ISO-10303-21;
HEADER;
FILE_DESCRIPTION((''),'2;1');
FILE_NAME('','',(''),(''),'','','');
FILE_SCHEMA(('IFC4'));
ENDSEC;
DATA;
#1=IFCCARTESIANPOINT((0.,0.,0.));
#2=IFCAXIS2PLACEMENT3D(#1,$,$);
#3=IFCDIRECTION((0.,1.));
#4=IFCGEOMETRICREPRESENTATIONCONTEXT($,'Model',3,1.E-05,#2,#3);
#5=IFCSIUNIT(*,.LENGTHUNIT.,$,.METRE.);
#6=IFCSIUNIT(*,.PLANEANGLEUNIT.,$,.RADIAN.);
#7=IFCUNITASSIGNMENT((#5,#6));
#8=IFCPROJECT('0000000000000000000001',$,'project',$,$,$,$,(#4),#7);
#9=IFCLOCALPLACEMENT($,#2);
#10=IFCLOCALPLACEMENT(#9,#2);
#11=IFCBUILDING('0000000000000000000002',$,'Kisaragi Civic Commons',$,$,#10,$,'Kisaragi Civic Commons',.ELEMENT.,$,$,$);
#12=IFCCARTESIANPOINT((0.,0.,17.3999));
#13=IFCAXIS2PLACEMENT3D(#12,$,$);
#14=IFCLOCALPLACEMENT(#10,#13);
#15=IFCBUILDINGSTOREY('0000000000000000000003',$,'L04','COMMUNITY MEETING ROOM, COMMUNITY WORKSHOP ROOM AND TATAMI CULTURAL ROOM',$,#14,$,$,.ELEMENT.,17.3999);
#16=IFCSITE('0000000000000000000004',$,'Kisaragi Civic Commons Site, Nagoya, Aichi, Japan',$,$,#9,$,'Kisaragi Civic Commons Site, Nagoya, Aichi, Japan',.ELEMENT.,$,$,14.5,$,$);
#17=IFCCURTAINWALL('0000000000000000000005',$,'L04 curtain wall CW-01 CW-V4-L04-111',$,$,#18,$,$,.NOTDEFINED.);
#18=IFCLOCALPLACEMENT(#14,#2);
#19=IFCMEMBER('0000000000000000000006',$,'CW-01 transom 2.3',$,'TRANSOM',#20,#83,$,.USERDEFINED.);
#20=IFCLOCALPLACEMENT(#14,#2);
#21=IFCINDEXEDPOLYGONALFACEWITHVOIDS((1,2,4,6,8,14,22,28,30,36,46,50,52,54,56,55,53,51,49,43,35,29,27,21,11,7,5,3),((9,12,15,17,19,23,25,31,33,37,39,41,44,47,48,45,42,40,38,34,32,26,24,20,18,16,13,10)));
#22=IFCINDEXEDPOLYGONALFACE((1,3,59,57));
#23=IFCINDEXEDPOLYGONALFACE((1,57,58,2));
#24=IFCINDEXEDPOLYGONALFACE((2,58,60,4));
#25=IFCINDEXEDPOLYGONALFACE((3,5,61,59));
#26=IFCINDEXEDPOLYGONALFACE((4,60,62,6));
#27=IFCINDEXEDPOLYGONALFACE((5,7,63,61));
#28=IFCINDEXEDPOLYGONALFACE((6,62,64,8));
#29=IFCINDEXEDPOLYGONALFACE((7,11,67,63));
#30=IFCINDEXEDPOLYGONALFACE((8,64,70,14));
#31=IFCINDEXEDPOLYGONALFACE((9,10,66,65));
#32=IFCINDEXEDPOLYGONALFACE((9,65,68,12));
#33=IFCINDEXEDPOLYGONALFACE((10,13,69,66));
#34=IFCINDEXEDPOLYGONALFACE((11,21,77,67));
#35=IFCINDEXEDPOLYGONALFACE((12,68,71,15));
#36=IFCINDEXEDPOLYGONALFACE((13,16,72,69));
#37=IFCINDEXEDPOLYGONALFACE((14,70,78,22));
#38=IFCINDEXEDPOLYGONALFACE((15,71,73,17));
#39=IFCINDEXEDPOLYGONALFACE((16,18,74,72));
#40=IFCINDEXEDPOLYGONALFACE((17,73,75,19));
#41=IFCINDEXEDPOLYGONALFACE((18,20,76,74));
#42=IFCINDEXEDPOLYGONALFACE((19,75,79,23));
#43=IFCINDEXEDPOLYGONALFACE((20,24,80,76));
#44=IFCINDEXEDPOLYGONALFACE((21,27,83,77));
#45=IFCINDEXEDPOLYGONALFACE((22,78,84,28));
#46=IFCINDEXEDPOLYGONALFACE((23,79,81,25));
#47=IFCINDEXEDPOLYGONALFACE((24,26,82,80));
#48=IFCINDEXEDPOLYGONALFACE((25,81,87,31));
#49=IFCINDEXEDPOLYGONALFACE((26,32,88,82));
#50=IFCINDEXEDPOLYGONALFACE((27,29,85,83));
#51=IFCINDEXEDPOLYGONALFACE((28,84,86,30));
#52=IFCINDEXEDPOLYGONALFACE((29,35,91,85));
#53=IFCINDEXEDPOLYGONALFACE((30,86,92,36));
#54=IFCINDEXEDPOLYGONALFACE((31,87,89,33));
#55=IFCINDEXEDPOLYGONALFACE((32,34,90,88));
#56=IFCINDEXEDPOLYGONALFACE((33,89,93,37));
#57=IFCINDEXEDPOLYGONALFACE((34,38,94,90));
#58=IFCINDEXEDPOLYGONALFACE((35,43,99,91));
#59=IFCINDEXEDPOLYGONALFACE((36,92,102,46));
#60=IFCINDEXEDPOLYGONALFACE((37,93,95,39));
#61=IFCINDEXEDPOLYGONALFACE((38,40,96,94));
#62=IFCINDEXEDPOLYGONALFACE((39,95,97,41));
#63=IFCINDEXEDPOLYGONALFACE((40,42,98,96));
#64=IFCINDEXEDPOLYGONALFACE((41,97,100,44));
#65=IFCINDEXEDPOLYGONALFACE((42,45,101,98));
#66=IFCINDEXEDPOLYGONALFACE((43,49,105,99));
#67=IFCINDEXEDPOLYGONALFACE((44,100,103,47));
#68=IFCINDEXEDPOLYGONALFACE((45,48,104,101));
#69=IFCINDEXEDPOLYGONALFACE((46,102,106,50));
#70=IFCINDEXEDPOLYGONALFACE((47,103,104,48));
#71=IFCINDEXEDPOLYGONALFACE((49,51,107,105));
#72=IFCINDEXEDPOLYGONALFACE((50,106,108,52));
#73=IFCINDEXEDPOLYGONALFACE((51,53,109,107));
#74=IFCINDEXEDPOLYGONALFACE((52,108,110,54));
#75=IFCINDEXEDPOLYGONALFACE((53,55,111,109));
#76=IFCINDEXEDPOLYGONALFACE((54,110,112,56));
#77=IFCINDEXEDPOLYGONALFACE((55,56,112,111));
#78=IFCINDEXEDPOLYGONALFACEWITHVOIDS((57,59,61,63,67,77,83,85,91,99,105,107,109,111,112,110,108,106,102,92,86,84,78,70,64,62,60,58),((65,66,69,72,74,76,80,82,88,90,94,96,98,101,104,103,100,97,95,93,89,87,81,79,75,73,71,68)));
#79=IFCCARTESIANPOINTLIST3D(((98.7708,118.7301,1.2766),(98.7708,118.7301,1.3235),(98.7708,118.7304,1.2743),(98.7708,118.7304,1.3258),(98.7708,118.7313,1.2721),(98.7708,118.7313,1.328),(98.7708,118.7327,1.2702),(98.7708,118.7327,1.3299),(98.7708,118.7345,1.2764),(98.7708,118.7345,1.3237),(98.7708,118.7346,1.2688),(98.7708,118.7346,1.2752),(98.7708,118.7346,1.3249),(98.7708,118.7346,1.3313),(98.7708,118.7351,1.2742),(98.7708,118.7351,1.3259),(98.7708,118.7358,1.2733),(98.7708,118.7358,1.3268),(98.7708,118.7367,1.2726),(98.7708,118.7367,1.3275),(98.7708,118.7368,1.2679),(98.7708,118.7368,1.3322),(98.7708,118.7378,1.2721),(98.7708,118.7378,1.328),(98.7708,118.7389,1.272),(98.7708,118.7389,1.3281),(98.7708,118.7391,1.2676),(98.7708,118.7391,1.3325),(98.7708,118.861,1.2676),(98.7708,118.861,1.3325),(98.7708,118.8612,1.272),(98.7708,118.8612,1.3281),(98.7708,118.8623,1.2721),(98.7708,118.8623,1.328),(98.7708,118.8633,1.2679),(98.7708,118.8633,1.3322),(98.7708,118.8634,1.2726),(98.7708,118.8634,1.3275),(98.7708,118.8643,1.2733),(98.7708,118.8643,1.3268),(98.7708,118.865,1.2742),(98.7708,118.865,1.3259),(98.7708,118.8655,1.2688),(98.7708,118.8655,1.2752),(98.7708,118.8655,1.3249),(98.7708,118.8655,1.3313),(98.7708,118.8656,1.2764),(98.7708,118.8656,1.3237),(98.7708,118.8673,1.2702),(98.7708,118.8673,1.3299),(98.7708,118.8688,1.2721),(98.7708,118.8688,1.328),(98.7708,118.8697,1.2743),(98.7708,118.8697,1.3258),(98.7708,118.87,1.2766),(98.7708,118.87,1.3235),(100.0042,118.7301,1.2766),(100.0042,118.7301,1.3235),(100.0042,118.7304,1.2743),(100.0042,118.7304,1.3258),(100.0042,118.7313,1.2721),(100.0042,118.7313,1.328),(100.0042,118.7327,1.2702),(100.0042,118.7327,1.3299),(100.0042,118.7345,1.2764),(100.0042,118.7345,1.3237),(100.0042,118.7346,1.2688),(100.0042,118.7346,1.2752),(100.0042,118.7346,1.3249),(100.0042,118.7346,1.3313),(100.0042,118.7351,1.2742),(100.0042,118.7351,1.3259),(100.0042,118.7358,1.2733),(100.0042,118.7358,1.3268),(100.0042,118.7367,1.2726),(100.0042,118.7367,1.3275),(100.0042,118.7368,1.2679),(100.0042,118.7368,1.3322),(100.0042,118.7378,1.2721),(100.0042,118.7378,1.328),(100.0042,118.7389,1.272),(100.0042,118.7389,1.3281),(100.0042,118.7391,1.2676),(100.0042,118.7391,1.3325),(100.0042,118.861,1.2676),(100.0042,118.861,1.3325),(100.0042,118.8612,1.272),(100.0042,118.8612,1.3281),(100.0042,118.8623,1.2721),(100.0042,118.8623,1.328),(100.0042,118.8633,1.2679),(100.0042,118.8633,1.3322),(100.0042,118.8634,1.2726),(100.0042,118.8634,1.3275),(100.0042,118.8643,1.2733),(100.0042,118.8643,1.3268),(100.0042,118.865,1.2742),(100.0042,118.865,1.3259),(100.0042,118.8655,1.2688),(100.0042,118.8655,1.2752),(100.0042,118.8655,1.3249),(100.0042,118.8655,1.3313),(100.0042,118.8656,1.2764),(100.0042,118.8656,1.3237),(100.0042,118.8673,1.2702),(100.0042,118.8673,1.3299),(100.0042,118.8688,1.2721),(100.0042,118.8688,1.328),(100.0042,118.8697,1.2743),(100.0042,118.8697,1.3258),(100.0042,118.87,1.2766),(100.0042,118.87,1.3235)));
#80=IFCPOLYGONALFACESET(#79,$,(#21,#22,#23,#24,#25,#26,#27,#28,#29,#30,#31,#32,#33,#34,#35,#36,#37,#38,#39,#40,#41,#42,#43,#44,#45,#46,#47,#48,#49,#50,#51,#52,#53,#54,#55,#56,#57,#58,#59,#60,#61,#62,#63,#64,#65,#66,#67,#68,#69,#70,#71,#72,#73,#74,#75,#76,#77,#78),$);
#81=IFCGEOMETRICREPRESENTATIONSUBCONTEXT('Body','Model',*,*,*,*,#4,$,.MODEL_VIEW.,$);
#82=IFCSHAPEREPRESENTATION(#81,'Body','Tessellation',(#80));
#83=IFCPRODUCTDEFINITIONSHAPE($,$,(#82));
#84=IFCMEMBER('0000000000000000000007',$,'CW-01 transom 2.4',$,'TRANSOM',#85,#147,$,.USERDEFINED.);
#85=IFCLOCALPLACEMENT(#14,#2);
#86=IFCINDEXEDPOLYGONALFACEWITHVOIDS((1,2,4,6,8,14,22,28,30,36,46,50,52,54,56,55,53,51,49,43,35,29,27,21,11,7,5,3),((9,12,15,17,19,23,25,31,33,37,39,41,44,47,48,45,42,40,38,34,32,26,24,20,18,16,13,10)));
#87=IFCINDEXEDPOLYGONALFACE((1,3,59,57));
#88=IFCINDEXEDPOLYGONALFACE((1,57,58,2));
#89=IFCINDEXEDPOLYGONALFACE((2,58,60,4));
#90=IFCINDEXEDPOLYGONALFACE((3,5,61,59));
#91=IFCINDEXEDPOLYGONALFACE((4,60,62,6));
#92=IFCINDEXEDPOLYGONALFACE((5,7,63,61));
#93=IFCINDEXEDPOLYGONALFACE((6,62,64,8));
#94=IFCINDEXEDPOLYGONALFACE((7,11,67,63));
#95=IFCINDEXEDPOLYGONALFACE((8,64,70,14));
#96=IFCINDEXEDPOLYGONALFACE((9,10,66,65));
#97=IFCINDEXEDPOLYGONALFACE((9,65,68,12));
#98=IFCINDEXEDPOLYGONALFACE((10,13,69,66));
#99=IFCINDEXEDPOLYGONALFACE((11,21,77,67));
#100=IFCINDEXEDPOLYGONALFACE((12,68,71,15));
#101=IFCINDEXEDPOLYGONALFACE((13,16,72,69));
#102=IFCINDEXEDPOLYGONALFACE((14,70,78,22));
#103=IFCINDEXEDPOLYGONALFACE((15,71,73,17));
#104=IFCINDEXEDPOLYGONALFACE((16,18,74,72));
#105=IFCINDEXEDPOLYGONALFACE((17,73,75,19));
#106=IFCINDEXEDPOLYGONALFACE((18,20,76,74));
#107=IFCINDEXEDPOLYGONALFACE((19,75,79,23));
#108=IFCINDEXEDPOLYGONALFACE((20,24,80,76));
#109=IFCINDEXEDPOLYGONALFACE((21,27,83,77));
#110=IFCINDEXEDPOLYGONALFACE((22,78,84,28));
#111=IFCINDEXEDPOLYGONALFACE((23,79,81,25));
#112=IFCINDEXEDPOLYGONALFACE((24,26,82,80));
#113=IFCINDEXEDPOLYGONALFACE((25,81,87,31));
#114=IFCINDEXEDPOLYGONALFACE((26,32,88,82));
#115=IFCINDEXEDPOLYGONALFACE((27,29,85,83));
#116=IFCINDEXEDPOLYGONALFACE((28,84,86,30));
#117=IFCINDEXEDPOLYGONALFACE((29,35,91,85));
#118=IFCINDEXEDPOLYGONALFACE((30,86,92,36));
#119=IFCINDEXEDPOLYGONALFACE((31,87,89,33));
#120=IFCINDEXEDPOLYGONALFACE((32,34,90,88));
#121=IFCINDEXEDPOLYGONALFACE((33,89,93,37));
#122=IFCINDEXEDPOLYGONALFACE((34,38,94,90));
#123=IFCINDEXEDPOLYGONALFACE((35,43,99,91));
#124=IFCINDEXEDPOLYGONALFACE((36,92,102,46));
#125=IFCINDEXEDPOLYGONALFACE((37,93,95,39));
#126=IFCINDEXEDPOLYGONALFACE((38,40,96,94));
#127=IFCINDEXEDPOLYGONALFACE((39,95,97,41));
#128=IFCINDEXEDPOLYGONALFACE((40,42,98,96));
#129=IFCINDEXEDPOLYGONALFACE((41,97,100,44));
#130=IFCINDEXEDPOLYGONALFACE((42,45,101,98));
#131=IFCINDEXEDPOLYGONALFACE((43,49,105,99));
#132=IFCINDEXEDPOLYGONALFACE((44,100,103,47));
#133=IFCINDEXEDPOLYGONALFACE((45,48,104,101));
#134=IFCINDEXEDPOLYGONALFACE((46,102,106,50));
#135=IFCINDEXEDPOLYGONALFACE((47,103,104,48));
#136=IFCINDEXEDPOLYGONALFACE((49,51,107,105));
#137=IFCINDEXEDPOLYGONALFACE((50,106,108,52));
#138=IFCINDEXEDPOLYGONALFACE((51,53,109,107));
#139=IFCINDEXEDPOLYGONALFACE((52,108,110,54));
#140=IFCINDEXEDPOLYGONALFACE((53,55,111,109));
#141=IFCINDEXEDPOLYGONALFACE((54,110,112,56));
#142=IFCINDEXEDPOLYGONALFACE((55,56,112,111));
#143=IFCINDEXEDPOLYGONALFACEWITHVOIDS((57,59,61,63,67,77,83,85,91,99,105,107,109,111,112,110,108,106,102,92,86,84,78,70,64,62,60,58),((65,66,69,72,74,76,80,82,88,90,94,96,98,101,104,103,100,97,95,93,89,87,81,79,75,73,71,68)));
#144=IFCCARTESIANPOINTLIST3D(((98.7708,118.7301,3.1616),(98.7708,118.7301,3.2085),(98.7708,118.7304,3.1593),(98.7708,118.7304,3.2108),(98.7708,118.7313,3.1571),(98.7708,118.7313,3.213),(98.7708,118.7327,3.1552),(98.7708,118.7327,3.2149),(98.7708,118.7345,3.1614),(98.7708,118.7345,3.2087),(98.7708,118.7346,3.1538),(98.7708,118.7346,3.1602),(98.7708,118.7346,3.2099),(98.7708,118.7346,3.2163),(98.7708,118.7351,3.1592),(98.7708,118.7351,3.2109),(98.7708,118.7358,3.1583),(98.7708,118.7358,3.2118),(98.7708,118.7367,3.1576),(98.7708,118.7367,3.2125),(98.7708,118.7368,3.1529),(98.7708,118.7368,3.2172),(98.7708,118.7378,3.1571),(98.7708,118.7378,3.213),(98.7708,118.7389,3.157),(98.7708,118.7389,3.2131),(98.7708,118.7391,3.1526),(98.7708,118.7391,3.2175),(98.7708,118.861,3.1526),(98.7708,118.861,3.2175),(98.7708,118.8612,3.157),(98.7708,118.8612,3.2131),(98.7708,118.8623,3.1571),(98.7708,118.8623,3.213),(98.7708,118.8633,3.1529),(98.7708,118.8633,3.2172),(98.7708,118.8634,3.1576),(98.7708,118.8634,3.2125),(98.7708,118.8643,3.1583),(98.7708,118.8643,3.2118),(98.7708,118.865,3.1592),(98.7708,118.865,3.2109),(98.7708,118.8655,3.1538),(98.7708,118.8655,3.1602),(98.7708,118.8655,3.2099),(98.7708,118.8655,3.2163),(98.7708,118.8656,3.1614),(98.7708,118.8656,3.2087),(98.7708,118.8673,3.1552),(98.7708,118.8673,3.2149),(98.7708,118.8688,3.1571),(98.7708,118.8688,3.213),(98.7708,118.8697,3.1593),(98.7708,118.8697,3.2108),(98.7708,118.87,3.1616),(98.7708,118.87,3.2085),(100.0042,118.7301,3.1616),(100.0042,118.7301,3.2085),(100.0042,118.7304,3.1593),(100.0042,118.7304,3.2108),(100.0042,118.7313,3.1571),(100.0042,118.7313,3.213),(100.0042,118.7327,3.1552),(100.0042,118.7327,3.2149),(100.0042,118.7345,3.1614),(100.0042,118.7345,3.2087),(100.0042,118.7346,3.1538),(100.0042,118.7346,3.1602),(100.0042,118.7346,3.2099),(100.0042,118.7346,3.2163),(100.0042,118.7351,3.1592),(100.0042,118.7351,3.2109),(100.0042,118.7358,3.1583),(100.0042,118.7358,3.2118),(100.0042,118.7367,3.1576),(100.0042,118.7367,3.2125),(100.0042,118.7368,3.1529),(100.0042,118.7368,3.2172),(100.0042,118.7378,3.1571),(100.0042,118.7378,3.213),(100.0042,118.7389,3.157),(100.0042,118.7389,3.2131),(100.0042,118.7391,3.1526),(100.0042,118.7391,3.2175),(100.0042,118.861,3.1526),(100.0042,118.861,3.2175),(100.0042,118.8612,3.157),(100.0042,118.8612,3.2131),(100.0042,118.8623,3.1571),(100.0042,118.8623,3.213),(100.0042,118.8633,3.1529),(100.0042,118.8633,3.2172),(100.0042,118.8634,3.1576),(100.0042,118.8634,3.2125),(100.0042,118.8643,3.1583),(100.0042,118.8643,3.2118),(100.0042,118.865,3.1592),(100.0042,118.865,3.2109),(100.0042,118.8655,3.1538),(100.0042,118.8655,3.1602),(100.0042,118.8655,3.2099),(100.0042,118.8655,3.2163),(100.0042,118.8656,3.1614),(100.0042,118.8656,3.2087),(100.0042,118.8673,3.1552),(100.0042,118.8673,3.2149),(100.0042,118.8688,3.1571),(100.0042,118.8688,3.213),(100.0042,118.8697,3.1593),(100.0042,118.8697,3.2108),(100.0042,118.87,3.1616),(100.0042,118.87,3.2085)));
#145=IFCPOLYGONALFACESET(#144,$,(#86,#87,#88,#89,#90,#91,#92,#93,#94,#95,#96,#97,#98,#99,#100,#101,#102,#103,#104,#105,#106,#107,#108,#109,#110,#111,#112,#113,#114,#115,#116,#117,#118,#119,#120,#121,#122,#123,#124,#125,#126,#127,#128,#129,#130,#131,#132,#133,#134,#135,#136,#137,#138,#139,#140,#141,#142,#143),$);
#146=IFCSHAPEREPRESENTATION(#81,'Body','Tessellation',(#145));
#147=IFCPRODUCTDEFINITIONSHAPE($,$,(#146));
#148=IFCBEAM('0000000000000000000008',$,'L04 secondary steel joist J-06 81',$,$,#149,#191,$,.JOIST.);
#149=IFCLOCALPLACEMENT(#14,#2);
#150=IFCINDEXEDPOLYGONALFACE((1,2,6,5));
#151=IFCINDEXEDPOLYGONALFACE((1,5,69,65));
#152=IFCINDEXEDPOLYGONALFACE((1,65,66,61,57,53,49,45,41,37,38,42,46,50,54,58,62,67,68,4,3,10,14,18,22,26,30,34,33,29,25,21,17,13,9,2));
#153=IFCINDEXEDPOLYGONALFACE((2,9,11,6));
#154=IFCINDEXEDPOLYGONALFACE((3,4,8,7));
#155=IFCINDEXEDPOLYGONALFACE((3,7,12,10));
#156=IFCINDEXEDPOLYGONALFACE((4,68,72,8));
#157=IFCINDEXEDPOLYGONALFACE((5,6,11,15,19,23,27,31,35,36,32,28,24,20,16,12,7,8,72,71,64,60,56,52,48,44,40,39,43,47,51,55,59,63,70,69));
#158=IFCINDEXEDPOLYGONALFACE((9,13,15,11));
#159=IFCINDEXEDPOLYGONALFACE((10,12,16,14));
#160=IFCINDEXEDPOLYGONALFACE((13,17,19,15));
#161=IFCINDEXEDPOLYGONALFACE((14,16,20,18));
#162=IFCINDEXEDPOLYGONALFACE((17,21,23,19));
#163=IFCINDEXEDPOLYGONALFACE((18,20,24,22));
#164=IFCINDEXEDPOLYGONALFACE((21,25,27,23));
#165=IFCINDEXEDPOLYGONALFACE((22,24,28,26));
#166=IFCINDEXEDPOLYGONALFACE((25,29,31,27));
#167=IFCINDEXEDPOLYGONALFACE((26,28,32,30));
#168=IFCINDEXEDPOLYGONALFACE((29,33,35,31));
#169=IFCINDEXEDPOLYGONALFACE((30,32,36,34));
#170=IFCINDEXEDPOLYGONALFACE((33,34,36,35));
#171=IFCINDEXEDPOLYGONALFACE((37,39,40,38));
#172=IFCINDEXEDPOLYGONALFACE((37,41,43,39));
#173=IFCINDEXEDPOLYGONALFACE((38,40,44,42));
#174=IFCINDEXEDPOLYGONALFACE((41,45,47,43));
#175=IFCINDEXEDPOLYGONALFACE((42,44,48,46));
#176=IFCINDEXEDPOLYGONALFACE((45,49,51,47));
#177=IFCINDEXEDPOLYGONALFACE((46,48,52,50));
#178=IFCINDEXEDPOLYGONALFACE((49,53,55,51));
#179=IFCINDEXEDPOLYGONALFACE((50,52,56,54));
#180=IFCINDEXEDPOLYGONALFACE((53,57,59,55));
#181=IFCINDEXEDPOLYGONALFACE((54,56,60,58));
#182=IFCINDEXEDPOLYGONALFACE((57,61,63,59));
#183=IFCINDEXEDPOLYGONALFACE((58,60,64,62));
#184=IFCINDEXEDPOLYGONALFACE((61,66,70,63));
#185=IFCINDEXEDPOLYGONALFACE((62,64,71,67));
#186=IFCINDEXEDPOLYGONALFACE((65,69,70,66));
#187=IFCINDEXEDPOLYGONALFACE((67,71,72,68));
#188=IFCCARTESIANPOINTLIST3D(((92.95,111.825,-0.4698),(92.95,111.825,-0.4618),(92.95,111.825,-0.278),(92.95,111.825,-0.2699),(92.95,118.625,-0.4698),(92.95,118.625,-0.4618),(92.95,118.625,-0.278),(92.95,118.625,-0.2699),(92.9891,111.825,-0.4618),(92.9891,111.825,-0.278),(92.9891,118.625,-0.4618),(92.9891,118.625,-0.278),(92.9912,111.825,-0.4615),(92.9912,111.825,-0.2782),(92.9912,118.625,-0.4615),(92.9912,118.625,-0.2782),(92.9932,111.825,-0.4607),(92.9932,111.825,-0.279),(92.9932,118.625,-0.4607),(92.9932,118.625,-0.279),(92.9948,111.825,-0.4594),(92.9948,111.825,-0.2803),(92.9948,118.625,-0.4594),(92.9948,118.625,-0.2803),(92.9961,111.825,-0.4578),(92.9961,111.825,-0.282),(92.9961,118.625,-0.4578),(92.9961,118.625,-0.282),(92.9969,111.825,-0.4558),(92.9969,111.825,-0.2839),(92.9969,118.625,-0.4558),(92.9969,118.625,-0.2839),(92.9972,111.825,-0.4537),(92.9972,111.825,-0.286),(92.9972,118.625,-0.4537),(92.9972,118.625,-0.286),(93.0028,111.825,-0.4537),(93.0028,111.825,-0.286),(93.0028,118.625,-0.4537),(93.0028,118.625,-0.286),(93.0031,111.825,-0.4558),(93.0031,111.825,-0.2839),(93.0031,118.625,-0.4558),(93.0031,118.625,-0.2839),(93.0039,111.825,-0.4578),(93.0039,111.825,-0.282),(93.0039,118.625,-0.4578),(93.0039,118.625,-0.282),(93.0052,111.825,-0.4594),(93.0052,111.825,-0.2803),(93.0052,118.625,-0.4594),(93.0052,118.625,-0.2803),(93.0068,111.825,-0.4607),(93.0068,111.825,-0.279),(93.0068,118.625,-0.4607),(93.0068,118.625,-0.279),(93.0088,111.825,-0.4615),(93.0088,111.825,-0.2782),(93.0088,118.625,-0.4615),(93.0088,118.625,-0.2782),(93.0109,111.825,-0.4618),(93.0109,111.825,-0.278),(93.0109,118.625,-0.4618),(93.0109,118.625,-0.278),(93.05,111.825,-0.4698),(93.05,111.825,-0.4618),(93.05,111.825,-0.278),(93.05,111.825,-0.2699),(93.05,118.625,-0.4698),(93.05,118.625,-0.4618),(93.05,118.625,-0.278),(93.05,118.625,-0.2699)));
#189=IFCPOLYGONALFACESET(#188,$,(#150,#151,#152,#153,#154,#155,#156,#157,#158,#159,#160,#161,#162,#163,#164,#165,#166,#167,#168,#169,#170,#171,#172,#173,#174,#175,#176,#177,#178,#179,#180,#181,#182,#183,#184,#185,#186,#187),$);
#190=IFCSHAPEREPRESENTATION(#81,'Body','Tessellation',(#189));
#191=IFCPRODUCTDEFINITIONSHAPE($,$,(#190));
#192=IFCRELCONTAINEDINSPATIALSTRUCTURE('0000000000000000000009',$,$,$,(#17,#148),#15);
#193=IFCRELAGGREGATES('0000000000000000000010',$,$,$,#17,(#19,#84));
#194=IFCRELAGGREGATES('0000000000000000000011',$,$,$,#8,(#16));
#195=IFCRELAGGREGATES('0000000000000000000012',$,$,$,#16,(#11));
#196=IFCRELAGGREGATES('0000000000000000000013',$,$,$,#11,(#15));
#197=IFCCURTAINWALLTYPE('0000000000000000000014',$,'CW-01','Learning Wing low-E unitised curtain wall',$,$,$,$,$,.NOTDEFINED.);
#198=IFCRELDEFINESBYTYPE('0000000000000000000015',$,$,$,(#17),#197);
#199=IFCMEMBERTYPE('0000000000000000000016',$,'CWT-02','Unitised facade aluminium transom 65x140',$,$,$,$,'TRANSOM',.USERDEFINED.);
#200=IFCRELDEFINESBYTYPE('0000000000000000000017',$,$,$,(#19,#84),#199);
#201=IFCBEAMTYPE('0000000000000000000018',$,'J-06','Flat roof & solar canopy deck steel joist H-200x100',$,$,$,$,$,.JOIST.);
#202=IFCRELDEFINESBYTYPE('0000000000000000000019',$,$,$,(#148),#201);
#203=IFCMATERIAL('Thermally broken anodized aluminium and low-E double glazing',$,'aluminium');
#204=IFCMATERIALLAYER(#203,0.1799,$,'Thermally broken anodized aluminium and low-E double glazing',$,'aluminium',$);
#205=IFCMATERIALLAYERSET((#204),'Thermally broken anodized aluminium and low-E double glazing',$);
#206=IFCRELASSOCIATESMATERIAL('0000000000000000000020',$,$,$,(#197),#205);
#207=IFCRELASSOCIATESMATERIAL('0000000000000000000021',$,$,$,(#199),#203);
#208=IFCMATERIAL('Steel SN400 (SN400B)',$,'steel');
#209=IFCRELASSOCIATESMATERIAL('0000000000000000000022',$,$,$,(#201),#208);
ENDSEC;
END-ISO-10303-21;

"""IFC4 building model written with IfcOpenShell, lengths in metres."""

from ifc_helpers import new_model, si_unit, direction, frame, origin, origin_2d, place, context, subcontext, project, spatial, hollow_rectangle, i_section, extrude, material, layer, layer_set, material_profile, profile_set, type_object, element, aggregate, save


model = new_model("IFC4")

# Units and contexts
model_context = context("Model", 3, precision=1e-05, world=origin(), true_north=direction((0.0, 1.0)))
body_context = subcontext(model_context, "Body", "Model", "MODEL_VIEW")
ifc_project = project(units=[si_unit("LENGTHUNIT", "METRE"), si_unit("PLANEANGLEUNIT", "RADIAN")], contexts=[model_context])

# Site, building, storey
site_placement = place(None, origin())
site = spatial("IfcSite", under=ifc_project, at=site_placement, Name="Kisaragi Civic Commons Site, Nagoya, Aichi, Japan", LongName="Kisaragi Civic Commons Site, Nagoya, Aichi, Japan", CompositionType="ELEMENT", RefElevation=14.5)
building_placement = place(site_placement, origin())
building = spatial("IfcBuilding", under=site, at=building_placement, Name="Kisaragi Civic Commons", LongName="Kisaragi Civic Commons", CompositionType="ELEMENT")
storey_placement = place(building_placement, frame((0.0, 0.0, 17.3999)))
storey = spatial("IfcBuildingStorey", under=building, at=storey_placement, Name="L04", Description="COMMUNITY MEETING ROOM, COMMUNITY WORKSHOP ROOM AND TATAMI CULTURAL ROOM", CompositionType="ELEMENT", Elevation=17.3999)

# Curtain wall, members
ifc_material_1 = material(Name="Thermally broken anodized aluminium and low-E double glazing", Category="aluminium")
ifc_layer_1 = layer(ifc_material_1, 0.1799, Name="Thermally broken anodized aluminium and low-E double glazing", Category="aluminium")
ifc_layer_set_1 = layer_set([ifc_layer_1], Name="Thermally broken anodized aluminium and low-E double glazing")
curtain_wall_type = type_object("IfcCurtainWallType", Name="CW-01", Description="Learning Wing low-E unitised curtain wall", PredefinedType="NOTDEFINED", material=ifc_layer_set_1)
curtain_wall_placement = place(storey_placement, origin())
curtain_wall = element("IfcCurtainWall", 1, at=curtain_wall_placement, inside=storey, type_object=curtain_wall_type, Name="L04 curtain wall CW-01 CW-V4-L04-111", PredefinedType="NOTDEFINED")
ifc_material_profile_1 = material_profile(ifc_material_1, hollow_rectangle(XDim=0.1399, YDim=0.0649, WallThickness=0.0044, InnerFilletRadius=0.0044, OuterFilletRadius=0.009, at=origin_2d()), Name="CWT-65x140x4.5", Category="aluminium")
ifc_profile_set_1 = profile_set([ifc_material_profile_1], Name="Thermally broken anodized aluminium and low-E double glazing")
member_type_1 = type_object("IfcMemberType", Name="CWT-02", Description="Unitised facade aluminium transom 65x140", ElementType="TRANSOM", PredefinedType="USERDEFINED", material=ifc_profile_set_1)
member_1_placement = place(storey_placement, frame((98.7708, 118.8, 1.3), z_axis=(1.0, 0.0, 0.0), x_axis=(0.0, 1.0, 0.0)))
member_1 = element("IfcMember", 2, at=member_1_placement, type_object=member_type_1, Name="CW-01 transom 2.3", ObjectType="TRANSOM", PredefinedType="USERDEFINED", context=body_context, shape_type="SweptSolid", body=[
    extrude(hollow_rectangle(XDim=0.1399, YDim=0.0649, WallThickness=0.0044, InnerFilletRadius=0.0044, OuterFilletRadius=0.009, at=origin_2d()), origin(), (0.0, 0.0, 1.0), 1.2334),
])
member_2_placement = place(storey_placement, frame((98.7708, 118.8, 3.1851), z_axis=(1.0, 0.0, 0.0), x_axis=(0.0, 1.0, 0.0)))
member_2 = element("IfcMember", 3, at=member_2_placement, type_object=member_type_1, Name="CW-01 transom 2.4", ObjectType="TRANSOM", PredefinedType="USERDEFINED", context=body_context, shape_type="SweptSolid", body=[
    extrude(hollow_rectangle(XDim=0.1399, YDim=0.0649, WallThickness=0.0044, InnerFilletRadius=0.0044, OuterFilletRadius=0.009, at=origin_2d()), origin(), (0.0, 0.0, 1.0), 1.2334),
])

# Beam
ifc_material_2 = material(Name="Steel SN400 (SN400B)", Category="steel")
ifc_material_profile_2 = material_profile(ifc_material_2, i_section(OverallWidth=0.1001, OverallDepth=0.2, WebThickness=0.0056, FlangeThickness=0.0081, FilletRadius=0.0081, at=origin_2d()), Name="H-200x100x5.5x8", Category="steel")
ifc_profile_set_2 = profile_set([ifc_material_profile_2], Name="Steel SN400 (SN400B)")
beam_type_1 = type_object("IfcBeamType", Name="J-06", Description="Flat roof & solar canopy deck steel joist H-200x100", PredefinedType="JOIST", material=ifc_profile_set_2)
beam_1_placement = place(storey_placement, frame((93.0, 111.825, -0.3699), z_axis=(0.0, 1.0, 0.0), x_axis=(-1.0, 0.0, 0.0)))
element("IfcBeam", 4, at=beam_1_placement, inside=storey, type_object=beam_type_1, Name="L04 secondary steel joist J-06 81", PredefinedType="JOIST", context=body_context, shape_type="SweptSolid", body=[
    extrude(i_section(OverallWidth=0.1001, OverallDepth=0.2, WebThickness=0.0056, FlangeThickness=0.0081, FilletRadius=0.0081, at=origin_2d()), origin(), (0.0, 0.0, 1.0), 6.8),
])

aggregate(curtain_wall, [member_1, member_2])

save(model, "model.ifc")
